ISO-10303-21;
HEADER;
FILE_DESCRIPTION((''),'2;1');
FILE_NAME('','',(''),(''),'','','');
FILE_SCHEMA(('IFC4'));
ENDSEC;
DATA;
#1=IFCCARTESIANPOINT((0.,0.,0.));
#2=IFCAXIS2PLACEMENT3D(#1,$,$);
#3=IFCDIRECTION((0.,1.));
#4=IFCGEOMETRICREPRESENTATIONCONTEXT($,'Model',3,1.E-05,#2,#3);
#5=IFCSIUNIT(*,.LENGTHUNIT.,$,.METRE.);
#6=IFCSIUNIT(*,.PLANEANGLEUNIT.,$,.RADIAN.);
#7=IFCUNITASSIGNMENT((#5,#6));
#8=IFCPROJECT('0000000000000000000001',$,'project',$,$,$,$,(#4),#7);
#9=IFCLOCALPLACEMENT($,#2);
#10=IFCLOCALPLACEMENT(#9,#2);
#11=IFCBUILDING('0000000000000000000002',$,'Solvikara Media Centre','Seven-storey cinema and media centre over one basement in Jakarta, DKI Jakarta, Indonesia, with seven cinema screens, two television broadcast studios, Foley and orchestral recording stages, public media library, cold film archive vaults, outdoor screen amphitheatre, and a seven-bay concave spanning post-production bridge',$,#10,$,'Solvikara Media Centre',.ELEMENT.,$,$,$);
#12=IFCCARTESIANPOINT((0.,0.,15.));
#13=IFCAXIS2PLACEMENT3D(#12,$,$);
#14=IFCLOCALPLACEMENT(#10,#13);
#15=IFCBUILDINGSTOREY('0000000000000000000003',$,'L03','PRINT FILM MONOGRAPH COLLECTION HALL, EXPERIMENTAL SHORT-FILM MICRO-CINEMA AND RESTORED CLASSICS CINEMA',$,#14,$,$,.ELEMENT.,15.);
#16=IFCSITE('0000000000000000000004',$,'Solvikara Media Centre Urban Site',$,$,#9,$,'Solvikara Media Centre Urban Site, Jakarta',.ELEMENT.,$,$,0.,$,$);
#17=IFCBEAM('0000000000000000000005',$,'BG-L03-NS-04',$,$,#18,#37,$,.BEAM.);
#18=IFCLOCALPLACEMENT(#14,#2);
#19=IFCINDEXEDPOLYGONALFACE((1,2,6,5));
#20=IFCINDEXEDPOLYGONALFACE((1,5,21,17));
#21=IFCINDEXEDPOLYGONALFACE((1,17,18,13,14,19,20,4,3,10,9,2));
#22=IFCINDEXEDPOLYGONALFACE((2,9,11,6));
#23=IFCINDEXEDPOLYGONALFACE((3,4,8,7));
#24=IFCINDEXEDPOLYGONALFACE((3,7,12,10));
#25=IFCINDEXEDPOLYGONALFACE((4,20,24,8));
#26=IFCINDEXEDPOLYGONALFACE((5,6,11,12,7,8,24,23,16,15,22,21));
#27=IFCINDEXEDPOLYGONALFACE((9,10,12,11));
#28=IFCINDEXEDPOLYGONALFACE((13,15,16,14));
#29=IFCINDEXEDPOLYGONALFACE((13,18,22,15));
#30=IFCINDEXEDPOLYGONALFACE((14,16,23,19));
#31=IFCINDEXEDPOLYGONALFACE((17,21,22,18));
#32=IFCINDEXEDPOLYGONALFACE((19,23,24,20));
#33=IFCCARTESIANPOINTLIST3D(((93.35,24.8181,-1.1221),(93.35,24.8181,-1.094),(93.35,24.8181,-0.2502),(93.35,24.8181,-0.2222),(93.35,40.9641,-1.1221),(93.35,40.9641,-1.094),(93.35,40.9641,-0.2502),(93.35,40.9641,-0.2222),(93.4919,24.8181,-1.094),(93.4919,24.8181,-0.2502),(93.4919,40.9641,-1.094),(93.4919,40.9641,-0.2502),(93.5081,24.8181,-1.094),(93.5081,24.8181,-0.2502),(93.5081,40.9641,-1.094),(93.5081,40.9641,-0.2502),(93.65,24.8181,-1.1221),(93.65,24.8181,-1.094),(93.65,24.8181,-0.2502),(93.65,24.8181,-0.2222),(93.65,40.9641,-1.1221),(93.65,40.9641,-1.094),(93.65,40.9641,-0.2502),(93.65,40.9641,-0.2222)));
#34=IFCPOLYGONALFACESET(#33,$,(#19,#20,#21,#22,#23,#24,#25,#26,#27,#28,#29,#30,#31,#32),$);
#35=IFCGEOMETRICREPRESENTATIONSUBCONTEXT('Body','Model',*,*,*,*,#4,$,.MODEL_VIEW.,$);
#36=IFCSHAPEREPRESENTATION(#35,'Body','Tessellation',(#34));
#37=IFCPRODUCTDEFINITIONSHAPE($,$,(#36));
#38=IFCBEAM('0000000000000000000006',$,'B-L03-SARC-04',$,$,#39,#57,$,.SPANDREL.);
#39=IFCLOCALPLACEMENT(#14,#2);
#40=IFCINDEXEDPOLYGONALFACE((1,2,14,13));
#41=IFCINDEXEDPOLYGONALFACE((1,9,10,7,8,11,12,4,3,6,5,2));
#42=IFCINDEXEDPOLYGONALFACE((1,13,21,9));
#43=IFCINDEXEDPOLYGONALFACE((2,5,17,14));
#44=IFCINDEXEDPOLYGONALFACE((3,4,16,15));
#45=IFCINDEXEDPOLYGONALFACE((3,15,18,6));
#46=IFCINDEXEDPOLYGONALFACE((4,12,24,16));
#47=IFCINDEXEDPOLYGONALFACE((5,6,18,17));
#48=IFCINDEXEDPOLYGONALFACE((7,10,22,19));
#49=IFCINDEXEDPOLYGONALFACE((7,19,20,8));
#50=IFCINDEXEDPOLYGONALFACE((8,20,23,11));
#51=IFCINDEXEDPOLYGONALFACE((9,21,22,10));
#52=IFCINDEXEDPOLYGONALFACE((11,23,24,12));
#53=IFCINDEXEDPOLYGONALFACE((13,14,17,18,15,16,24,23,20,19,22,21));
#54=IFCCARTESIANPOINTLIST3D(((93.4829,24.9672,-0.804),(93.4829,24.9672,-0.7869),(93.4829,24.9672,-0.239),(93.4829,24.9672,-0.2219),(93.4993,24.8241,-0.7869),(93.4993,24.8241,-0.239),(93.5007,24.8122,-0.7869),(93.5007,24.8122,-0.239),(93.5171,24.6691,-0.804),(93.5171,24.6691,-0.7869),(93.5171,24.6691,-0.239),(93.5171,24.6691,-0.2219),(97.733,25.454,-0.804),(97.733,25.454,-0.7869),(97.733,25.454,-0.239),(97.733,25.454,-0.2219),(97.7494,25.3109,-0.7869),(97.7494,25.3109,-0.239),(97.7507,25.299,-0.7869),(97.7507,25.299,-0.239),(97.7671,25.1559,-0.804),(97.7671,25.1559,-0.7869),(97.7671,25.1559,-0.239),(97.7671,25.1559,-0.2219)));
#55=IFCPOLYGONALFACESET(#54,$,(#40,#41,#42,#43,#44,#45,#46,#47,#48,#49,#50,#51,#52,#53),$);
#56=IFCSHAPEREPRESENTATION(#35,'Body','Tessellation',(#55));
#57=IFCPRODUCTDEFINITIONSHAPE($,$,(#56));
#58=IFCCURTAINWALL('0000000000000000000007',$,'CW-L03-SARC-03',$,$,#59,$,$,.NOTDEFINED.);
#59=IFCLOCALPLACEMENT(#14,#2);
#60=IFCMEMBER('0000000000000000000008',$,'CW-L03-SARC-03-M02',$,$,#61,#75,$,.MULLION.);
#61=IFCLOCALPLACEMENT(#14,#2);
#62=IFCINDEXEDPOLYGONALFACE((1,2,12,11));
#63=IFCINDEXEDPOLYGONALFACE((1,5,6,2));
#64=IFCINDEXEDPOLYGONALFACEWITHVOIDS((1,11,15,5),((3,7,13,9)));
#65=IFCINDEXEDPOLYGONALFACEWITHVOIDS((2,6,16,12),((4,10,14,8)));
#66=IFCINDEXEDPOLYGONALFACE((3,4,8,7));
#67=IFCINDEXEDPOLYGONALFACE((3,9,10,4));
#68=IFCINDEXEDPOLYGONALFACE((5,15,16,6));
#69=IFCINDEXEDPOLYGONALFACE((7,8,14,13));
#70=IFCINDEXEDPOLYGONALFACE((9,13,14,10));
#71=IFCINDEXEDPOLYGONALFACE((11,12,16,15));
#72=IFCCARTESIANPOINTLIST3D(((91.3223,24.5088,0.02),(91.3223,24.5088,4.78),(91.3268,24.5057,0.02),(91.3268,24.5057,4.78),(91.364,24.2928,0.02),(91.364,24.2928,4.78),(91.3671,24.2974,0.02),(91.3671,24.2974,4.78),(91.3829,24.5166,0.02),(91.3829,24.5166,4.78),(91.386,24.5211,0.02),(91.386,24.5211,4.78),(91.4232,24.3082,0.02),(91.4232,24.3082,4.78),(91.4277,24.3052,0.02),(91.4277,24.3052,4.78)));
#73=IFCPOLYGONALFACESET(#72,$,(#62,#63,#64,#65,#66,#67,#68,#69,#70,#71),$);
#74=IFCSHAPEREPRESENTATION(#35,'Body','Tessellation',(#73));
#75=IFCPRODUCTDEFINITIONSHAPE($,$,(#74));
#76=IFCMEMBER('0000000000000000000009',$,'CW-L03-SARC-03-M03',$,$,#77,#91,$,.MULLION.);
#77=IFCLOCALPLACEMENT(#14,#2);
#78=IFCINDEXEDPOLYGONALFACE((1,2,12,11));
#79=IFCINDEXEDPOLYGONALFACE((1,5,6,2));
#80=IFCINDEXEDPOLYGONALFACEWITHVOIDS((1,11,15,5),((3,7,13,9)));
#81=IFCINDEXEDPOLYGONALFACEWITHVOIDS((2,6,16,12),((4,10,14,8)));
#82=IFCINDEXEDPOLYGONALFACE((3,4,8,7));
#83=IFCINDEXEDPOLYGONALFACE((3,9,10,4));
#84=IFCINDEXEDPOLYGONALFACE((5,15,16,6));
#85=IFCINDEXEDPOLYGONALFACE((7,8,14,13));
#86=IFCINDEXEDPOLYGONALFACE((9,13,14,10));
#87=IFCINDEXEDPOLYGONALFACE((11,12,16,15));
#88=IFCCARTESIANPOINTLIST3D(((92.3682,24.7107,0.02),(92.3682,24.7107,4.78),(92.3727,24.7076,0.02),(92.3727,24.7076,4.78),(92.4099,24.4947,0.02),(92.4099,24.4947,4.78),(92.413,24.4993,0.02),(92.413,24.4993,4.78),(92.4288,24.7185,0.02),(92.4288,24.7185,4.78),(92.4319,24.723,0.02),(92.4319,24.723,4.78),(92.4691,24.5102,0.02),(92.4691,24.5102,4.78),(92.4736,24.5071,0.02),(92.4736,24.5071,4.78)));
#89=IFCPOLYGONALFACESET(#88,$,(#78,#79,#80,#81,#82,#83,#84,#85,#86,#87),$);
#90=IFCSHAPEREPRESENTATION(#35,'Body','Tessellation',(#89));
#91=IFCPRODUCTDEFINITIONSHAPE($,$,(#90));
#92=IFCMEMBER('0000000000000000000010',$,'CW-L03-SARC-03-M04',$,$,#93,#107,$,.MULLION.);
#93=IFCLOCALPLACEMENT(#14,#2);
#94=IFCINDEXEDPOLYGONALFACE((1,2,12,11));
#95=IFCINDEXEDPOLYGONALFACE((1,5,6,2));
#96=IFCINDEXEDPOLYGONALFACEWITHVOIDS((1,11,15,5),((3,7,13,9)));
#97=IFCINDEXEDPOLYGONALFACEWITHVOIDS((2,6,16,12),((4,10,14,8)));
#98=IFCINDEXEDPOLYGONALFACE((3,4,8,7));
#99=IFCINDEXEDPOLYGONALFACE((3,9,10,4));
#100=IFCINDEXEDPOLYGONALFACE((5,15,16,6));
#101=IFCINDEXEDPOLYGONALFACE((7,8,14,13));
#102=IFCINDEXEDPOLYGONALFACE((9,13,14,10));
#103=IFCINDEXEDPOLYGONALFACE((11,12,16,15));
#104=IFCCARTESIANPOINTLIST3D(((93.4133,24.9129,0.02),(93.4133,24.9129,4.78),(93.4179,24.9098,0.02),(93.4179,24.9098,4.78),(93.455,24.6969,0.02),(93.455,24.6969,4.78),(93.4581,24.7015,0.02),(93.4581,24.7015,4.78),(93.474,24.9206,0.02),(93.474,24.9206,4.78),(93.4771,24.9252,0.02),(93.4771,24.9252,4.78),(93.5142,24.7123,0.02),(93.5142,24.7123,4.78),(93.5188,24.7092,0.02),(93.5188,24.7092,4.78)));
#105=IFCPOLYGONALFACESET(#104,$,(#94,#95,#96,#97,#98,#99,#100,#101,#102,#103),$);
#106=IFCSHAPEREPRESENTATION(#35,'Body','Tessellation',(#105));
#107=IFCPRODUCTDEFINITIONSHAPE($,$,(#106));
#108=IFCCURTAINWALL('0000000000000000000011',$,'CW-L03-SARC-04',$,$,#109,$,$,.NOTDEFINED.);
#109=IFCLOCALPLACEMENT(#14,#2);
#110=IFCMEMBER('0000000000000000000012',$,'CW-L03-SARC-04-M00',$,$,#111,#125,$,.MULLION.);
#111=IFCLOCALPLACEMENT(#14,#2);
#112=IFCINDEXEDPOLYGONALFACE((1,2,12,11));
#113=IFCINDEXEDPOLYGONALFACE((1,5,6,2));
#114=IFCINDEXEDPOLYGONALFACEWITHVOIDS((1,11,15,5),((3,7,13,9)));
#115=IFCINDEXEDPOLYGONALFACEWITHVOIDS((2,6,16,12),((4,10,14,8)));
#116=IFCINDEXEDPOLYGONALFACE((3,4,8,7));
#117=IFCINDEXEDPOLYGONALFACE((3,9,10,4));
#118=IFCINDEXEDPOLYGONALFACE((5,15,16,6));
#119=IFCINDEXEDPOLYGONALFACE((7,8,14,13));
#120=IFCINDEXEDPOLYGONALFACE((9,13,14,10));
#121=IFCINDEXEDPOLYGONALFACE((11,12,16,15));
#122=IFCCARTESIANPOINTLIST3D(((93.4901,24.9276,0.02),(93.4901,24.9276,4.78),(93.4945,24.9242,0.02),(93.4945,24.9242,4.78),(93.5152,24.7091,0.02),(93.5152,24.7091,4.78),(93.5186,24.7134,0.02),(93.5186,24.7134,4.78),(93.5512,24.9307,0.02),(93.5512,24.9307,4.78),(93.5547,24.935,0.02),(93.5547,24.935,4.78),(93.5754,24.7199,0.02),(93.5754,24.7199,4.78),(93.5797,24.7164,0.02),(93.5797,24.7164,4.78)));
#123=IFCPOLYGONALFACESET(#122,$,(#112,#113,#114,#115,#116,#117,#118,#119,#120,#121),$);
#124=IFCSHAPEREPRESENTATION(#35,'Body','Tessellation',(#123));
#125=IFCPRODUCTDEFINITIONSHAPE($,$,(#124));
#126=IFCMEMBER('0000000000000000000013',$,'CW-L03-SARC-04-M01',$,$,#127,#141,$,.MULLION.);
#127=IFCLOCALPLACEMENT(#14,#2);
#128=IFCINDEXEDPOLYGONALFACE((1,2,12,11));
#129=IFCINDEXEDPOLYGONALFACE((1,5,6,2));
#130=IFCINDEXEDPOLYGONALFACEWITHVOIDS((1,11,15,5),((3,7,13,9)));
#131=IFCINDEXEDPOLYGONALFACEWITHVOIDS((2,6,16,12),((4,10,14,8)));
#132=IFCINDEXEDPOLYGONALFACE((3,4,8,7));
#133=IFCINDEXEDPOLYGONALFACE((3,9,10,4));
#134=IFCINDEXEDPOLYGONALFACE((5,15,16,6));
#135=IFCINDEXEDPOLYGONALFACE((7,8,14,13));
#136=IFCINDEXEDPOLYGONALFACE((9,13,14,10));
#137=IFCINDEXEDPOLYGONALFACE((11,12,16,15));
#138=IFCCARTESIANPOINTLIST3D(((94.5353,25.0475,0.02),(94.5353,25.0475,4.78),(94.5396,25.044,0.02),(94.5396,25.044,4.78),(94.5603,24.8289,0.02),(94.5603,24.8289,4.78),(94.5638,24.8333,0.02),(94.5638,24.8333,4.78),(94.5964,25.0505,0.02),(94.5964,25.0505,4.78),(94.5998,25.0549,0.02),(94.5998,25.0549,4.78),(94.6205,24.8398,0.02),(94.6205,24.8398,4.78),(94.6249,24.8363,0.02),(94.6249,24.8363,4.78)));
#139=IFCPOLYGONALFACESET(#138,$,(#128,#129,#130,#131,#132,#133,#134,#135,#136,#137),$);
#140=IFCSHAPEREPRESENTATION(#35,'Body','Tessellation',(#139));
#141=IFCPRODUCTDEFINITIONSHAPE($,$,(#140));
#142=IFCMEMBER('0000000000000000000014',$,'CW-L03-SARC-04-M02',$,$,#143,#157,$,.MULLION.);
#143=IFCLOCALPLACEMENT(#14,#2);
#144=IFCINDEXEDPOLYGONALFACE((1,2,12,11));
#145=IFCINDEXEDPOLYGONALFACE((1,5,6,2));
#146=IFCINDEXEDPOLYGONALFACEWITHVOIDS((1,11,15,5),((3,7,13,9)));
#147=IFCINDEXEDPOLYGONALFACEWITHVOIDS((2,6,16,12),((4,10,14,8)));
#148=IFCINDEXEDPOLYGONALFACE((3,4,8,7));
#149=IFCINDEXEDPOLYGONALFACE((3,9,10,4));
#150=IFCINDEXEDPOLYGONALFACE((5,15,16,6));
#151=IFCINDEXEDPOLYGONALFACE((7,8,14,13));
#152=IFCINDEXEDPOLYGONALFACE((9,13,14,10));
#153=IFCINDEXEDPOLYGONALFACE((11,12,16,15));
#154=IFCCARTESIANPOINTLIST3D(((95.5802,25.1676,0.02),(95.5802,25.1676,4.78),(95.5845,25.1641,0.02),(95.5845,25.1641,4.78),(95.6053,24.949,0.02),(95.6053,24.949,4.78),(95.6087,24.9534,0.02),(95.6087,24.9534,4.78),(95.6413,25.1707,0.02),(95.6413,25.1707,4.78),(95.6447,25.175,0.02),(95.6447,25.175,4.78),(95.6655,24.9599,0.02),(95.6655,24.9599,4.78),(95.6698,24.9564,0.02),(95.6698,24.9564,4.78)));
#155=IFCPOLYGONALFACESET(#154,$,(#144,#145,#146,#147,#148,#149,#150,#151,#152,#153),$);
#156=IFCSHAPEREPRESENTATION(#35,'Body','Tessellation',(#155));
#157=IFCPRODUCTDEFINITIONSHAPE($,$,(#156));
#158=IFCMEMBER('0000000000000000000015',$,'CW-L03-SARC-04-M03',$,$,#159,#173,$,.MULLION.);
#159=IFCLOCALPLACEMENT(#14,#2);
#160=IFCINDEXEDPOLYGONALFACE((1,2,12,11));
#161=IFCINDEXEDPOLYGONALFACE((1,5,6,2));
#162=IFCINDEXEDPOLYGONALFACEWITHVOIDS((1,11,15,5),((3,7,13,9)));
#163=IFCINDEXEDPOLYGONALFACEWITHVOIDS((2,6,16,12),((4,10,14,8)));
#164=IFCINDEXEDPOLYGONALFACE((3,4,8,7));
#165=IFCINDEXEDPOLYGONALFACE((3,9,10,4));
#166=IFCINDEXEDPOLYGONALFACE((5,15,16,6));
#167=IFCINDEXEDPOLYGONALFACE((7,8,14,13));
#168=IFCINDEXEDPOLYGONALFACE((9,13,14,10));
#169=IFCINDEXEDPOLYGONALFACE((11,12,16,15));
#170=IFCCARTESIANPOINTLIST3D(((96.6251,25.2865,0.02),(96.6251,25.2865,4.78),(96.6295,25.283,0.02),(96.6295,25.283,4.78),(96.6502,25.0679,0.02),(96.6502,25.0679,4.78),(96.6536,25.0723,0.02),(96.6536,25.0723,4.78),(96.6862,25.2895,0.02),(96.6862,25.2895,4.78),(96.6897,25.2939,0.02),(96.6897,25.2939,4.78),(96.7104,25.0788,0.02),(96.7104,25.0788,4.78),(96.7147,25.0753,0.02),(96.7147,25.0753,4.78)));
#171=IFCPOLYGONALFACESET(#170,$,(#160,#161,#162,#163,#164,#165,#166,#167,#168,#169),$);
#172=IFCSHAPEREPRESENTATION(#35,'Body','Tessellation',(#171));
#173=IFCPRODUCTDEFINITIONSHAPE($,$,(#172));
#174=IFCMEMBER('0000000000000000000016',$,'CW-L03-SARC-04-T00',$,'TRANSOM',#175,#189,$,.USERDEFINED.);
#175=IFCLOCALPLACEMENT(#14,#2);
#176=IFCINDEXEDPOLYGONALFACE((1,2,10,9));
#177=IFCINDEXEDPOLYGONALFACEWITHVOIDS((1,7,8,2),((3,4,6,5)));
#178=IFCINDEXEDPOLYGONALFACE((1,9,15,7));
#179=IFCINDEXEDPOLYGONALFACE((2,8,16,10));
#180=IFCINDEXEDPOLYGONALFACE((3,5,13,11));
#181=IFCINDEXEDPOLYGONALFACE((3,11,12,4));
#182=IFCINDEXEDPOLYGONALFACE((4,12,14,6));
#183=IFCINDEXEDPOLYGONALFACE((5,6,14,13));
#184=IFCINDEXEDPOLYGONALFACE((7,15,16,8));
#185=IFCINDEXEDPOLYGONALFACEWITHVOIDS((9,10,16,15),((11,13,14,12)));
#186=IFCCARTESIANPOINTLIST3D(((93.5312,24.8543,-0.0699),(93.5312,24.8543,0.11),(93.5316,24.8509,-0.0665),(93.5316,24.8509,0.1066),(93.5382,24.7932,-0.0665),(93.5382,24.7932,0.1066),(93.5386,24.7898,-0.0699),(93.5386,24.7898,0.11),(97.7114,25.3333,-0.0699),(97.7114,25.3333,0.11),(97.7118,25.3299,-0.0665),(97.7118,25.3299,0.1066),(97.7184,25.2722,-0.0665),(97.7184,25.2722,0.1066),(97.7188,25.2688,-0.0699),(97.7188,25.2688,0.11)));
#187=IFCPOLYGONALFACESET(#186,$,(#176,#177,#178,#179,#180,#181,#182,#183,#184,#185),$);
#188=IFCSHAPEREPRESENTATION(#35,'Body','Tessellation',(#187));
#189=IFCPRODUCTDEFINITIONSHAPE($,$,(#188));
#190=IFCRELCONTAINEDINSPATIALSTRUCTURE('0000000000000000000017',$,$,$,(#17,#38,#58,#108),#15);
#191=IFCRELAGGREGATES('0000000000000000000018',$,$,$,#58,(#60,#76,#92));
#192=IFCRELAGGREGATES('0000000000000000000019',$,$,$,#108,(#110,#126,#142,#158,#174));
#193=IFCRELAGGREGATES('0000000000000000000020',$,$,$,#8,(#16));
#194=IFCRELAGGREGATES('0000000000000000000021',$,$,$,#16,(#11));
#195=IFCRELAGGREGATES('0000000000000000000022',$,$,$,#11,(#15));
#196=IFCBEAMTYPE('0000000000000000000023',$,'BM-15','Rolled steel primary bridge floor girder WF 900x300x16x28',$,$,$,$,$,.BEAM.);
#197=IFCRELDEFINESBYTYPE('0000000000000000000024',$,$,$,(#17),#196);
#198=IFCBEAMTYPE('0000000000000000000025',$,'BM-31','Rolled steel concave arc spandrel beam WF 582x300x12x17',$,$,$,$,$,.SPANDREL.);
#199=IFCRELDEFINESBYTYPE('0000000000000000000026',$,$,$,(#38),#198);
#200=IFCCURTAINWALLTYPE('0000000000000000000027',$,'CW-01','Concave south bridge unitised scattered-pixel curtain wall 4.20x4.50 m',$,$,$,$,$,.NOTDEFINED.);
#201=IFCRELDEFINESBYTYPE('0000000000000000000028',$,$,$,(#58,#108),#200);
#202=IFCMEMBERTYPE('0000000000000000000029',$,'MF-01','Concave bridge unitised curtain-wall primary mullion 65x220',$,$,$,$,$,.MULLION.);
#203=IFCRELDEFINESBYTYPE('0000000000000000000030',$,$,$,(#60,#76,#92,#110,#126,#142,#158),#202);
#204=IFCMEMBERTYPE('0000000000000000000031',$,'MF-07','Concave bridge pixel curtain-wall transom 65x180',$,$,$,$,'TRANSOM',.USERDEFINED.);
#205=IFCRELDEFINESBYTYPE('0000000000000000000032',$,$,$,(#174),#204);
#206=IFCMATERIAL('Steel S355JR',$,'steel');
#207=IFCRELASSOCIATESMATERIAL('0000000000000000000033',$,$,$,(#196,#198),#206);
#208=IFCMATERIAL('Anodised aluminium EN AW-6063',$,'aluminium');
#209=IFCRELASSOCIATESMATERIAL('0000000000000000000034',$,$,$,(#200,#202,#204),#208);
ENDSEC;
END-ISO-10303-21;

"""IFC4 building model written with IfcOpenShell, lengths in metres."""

from ifc_helpers import new_model, si_unit, direction, frame, origin, origin_2d, place, context, subcontext, project, spatial, hollow_rectangle, i_section, extrude, material, material_profile, profile_set, type_object, element, aggregate, save


model = new_model("IFC4")

# Units and contexts
model_context = context("Model", 3, precision=1e-05, world=origin(), true_north=direction((0.0, 1.0)))
body_context = subcontext(model_context, "Body", "Model", "MODEL_VIEW")
ifc_project = project(units=[si_unit("LENGTHUNIT", "METRE"), si_unit("PLANEANGLEUNIT", "RADIAN")], contexts=[model_context])

# Site, building, storey
site_placement = place(None, origin())
site = spatial("IfcSite", under=ifc_project, at=site_placement, Name="Solvikara Media Centre Urban Site", LongName="Solvikara Media Centre Urban Site, Jakarta", CompositionType="ELEMENT", RefElevation=0.0)
building_placement = place(site_placement, origin())
building = spatial("IfcBuilding", under=site, at=building_placement, Name="Solvikara Media Centre", Description="Seven-storey cinema and media centre over one basement in Jakarta, DKI Jakarta, Indonesia, with seven cinema screens, two television broadcast studios, Foley and orchestral recording stages, public media library, cold film archive vaults, outdoor screen amphitheatre, and a seven-bay concave spanning post-production bridge", LongName="Solvikara Media Centre", CompositionType="ELEMENT")
storey_placement = place(building_placement, frame((0.0, 0.0, 15.0)))
storey = spatial("IfcBuildingStorey", under=building, at=storey_placement, Name="L03", Description="PRINT FILM MONOGRAPH COLLECTION HALL, EXPERIMENTAL SHORT-FILM MICRO-CINEMA AND RESTORED CLASSICS CINEMA", CompositionType="ELEMENT", Elevation=15.0)

# Beams
ifc_material_1 = material(Name="Steel S355JR", Category="steel")
ifc_material_profile_1 = material_profile(ifc_material_1, i_section(OverallWidth=0.3, OverallDepth=0.8999, WebThickness=0.0161, FlangeThickness=0.0281, at=origin_2d()), Name="WF 900x300x16x28")
ifc_profile_set_1 = profile_set([ifc_material_profile_1], Name="Steel S355JR")
beam_type_1 = type_object("IfcBeamType", Name="BM-15", Description="Rolled steel primary bridge floor girder WF 900x300x16x28", PredefinedType="BEAM", material=ifc_profile_set_1)
beam_1_placement = place(storey_placement, frame((93.5, 24.8181, -0.6721), z_axis=(0.0, 1.0, 0.0), x_axis=(-1.0, 0.0, 0.0)))
element("IfcBeam", 1, at=beam_1_placement, inside=storey, type_object=beam_type_1, Name="BG-L03-NS-04", PredefinedType="BEAM", context=body_context, shape_type="SweptSolid", body=[
    extrude(i_section(OverallWidth=0.3, OverallDepth=0.8999, WebThickness=0.0161, FlangeThickness=0.0281, at=origin_2d()), origin(), (0.0, 0.0, 1.0), 16.146),
])
ifc_material_profile_2 = material_profile(ifc_material_1, i_section(OverallWidth=0.3, OverallDepth=0.582, WebThickness=0.012, FlangeThickness=0.0171, at=origin_2d()), Name="WF 582x300x12x17")
ifc_profile_set_2 = profile_set([ifc_material_profile_2], Name="Steel S355JR")
beam_type_2 = type_object("IfcBeamType", Name="BM-31", Description="Rolled steel concave arc spandrel beam WF 582x300x12x17", PredefinedType="SPANDREL", material=ifc_profile_set_2)
beam_2_placement = place(storey_placement, frame((93.5, 24.8181, -0.5129), z_axis=(0.993504, 0.113801, 0.0), x_axis=(-0.113801, 0.993504, 0.0)))
element("IfcBeam", 2, at=beam_2_placement, inside=storey, type_object=beam_type_2, Name="B-L03-SARC-04", PredefinedType="SPANDREL", context=body_context, shape_type="SweptSolid", body=[
    extrude(i_section(OverallWidth=0.3, OverallDepth=0.582, WebThickness=0.012, FlangeThickness=0.0171, at=origin_2d()), origin(), (0.0, 0.0, 1.0), 4.2778),
])

# Curtain walls, members
ifc_material_2 = material(Name="Anodised aluminium EN AW-6063", Category="aluminium")
curtain_wall_type = type_object("IfcCurtainWallType", Name="CW-01", Description="Concave south bridge unitised scattered-pixel curtain wall 4.20x4.50 m", PredefinedType="NOTDEFINED", material=ifc_material_2)
curtain_wall_1_placement = place(storey_placement, origin())
curtain_wall_1 = element("IfcCurtainWall", 3, at=curtain_wall_1_placement, inside=storey, type_object=curtain_wall_type, Name="CW-L03-SARC-03", PredefinedType="NOTDEFINED")
ifc_material_profile_3 = material_profile(ifc_material_2, hollow_rectangle(XDim=0.0649, YDim=0.22, WallThickness=0.0039, at=origin_2d()), Name="ALU-M 65x220x4")
ifc_profile_set_3 = profile_set([ifc_material_profile_3], Name="Anodised aluminium EN AW-6063")
member_type_1 = type_object("IfcMemberType", Name="MF-01", Description="Concave bridge unitised curtain-wall primary mullion 65x220", PredefinedType="MULLION", material=ifc_profile_set_3)
member_1_placement = place(storey_placement, frame((91.375, 24.407, 0.02), z_axis=(0.0, 0.0, 1.0), x_axis=(0.981843, 0.189695, 0.0)))
member_1 = element("IfcMember", 4, at=member_1_placement, type_object=member_type_1, Name="CW-L03-SARC-03-M02", PredefinedType="MULLION", context=body_context, shape_type="SweptSolid", body=[
    extrude(hollow_rectangle(XDim=0.0649, YDim=0.22, WallThickness=0.0039, at=origin_2d()), origin(), (0.0, 0.0, 1.0), 4.76),
])
member_2_placement = place(storey_placement, frame((92.4209, 24.6089, 0.02), z_axis=(0.0, 0.0, 1.0), x_axis=(0.981843, 0.189695, 0.0)))
member_2 = element("IfcMember", 5, at=member_2_placement, type_object=member_type_1, Name="CW-L03-SARC-03-M03", PredefinedType="MULLION", context=body_context, shape_type="SweptSolid", body=[
    extrude(hollow_rectangle(XDim=0.0649, YDim=0.22, WallThickness=0.0039, at=origin_2d()), origin(), (0.0, 0.0, 1.0), 4.76),
])
member_3_placement = place(storey_placement, frame((93.4661, 24.811, 0.02), z_axis=(0.0, 0.0, 1.0), x_axis=(0.981843, 0.189695, 0.0)))
member_3 = element("IfcMember", 6, at=member_3_placement, type_object=member_type_1, Name="CW-L03-SARC-03-M04", PredefinedType="MULLION", context=body_context, shape_type="SweptSolid", body=[
    extrude(hollow_rectangle(XDim=0.0649, YDim=0.22, WallThickness=0.0039, at=origin_2d()), origin(), (0.0, 0.0, 1.0), 4.76),
])
curtain_wall_2_placement = place(storey_placement, origin())
curtain_wall_2 = element("IfcCurtainWall", 7, at=curtain_wall_2_placement, inside=storey, type_object=curtain_wall_type, Name="CW-L03-SARC-04", PredefinedType="NOTDEFINED")
member_4_placement = place(storey_placement, frame((93.5349, 24.822, 0.02), z_axis=(0.0, 0.0, 1.0), x_axis=(0.993499, 0.113845, 0.0)))
member_4 = element("IfcMember", 8, at=member_4_placement, type_object=member_type_1, Name="CW-L03-SARC-04-M00", PredefinedType="MULLION", context=body_context, shape_type="SweptSolid", body=[
    extrude(hollow_rectangle(XDim=0.0649, YDim=0.22, WallThickness=0.0039, at=origin_2d()), origin(), (0.0, 0.0, 1.0), 4.76),
])
member_5_placement = place(storey_placement, frame((94.5801, 24.9419, 0.02), z_axis=(0.0, 0.0, 1.0), x_axis=(0.993499, 0.113845, 0.0)))
member_5 = element("IfcMember", 9, at=member_5_placement, type_object=member_type_1, Name="CW-L03-SARC-04-M01", PredefinedType="MULLION", context=body_context, shape_type="SweptSolid", body=[
    extrude(hollow_rectangle(XDim=0.0649, YDim=0.22, WallThickness=0.0039, at=origin_2d()), origin(), (0.0, 0.0, 1.0), 4.76),
])
member_6_placement = place(storey_placement, frame((95.625, 25.062, 0.02), z_axis=(0.0, 0.0, 1.0), x_axis=(0.993499, 0.113845, 0.0)))
member_6 = element("IfcMember", 10, at=member_6_placement, type_object=member_type_1, Name="CW-L03-SARC-04-M02", PredefinedType="MULLION", context=body_context, shape_type="SweptSolid", body=[
    extrude(hollow_rectangle(XDim=0.0649, YDim=0.22, WallThickness=0.0039, at=origin_2d()), origin(), (0.0, 0.0, 1.0), 4.76),
])
member_7_placement = place(storey_placement, frame((96.6699, 25.1809, 0.02), z_axis=(0.0, 0.0, 1.0), x_axis=(0.993499, 0.113845, 0.0)))
member_7 = element("IfcMember", 11, at=member_7_placement, type_object=member_type_1, Name="CW-L03-SARC-04-M03", PredefinedType="MULLION", context=body_context, shape_type="SweptSolid", body=[
    extrude(hollow_rectangle(XDim=0.0649, YDim=0.22, WallThickness=0.0039, at=origin_2d()), origin(), (0.0, 0.0, 1.0), 4.76),
])
ifc_material_profile_4 = material_profile(ifc_material_2, hollow_rectangle(XDim=0.0649, YDim=0.1799, WallThickness=0.0034, at=origin_2d()), Name="ALU-T 65x180x3.5")
ifc_profile_set_4 = profile_set([ifc_material_profile_4], Name="Anodised aluminium EN AW-6063")
member_type_2 = type_object("IfcMemberType", Name="MF-07", Description="Concave bridge pixel curtain-wall transom 65x180", ElementType="TRANSOM", PredefinedType="USERDEFINED", material=ifc_profile_set_4)
member_8_placement = place(storey_placement, frame((93.5349, 24.822, 0.02), z_axis=(0.993499, 0.113844, 0.0), x_axis=(-0.113844, 0.993499, 0.0)))
member_8 = element("IfcMember", 12, at=member_8_placement, type_object=member_type_2, Name="CW-L03-SARC-04-T00", ObjectType="TRANSOM", PredefinedType="USERDEFINED", context=body_context, shape_type="SweptSolid", body=[
    extrude(hollow_rectangle(XDim=0.0649, YDim=0.1799, WallThickness=0.0034, at=origin_2d()), origin(), (0.0, 0.0, 1.0), 4.2075),
])

aggregate(curtain_wall_1, [member_1, member_2, member_3])
aggregate(curtain_wall_2, [member_4, member_5, member_6, member_7, member_8])

save(model, "model.ifc")
